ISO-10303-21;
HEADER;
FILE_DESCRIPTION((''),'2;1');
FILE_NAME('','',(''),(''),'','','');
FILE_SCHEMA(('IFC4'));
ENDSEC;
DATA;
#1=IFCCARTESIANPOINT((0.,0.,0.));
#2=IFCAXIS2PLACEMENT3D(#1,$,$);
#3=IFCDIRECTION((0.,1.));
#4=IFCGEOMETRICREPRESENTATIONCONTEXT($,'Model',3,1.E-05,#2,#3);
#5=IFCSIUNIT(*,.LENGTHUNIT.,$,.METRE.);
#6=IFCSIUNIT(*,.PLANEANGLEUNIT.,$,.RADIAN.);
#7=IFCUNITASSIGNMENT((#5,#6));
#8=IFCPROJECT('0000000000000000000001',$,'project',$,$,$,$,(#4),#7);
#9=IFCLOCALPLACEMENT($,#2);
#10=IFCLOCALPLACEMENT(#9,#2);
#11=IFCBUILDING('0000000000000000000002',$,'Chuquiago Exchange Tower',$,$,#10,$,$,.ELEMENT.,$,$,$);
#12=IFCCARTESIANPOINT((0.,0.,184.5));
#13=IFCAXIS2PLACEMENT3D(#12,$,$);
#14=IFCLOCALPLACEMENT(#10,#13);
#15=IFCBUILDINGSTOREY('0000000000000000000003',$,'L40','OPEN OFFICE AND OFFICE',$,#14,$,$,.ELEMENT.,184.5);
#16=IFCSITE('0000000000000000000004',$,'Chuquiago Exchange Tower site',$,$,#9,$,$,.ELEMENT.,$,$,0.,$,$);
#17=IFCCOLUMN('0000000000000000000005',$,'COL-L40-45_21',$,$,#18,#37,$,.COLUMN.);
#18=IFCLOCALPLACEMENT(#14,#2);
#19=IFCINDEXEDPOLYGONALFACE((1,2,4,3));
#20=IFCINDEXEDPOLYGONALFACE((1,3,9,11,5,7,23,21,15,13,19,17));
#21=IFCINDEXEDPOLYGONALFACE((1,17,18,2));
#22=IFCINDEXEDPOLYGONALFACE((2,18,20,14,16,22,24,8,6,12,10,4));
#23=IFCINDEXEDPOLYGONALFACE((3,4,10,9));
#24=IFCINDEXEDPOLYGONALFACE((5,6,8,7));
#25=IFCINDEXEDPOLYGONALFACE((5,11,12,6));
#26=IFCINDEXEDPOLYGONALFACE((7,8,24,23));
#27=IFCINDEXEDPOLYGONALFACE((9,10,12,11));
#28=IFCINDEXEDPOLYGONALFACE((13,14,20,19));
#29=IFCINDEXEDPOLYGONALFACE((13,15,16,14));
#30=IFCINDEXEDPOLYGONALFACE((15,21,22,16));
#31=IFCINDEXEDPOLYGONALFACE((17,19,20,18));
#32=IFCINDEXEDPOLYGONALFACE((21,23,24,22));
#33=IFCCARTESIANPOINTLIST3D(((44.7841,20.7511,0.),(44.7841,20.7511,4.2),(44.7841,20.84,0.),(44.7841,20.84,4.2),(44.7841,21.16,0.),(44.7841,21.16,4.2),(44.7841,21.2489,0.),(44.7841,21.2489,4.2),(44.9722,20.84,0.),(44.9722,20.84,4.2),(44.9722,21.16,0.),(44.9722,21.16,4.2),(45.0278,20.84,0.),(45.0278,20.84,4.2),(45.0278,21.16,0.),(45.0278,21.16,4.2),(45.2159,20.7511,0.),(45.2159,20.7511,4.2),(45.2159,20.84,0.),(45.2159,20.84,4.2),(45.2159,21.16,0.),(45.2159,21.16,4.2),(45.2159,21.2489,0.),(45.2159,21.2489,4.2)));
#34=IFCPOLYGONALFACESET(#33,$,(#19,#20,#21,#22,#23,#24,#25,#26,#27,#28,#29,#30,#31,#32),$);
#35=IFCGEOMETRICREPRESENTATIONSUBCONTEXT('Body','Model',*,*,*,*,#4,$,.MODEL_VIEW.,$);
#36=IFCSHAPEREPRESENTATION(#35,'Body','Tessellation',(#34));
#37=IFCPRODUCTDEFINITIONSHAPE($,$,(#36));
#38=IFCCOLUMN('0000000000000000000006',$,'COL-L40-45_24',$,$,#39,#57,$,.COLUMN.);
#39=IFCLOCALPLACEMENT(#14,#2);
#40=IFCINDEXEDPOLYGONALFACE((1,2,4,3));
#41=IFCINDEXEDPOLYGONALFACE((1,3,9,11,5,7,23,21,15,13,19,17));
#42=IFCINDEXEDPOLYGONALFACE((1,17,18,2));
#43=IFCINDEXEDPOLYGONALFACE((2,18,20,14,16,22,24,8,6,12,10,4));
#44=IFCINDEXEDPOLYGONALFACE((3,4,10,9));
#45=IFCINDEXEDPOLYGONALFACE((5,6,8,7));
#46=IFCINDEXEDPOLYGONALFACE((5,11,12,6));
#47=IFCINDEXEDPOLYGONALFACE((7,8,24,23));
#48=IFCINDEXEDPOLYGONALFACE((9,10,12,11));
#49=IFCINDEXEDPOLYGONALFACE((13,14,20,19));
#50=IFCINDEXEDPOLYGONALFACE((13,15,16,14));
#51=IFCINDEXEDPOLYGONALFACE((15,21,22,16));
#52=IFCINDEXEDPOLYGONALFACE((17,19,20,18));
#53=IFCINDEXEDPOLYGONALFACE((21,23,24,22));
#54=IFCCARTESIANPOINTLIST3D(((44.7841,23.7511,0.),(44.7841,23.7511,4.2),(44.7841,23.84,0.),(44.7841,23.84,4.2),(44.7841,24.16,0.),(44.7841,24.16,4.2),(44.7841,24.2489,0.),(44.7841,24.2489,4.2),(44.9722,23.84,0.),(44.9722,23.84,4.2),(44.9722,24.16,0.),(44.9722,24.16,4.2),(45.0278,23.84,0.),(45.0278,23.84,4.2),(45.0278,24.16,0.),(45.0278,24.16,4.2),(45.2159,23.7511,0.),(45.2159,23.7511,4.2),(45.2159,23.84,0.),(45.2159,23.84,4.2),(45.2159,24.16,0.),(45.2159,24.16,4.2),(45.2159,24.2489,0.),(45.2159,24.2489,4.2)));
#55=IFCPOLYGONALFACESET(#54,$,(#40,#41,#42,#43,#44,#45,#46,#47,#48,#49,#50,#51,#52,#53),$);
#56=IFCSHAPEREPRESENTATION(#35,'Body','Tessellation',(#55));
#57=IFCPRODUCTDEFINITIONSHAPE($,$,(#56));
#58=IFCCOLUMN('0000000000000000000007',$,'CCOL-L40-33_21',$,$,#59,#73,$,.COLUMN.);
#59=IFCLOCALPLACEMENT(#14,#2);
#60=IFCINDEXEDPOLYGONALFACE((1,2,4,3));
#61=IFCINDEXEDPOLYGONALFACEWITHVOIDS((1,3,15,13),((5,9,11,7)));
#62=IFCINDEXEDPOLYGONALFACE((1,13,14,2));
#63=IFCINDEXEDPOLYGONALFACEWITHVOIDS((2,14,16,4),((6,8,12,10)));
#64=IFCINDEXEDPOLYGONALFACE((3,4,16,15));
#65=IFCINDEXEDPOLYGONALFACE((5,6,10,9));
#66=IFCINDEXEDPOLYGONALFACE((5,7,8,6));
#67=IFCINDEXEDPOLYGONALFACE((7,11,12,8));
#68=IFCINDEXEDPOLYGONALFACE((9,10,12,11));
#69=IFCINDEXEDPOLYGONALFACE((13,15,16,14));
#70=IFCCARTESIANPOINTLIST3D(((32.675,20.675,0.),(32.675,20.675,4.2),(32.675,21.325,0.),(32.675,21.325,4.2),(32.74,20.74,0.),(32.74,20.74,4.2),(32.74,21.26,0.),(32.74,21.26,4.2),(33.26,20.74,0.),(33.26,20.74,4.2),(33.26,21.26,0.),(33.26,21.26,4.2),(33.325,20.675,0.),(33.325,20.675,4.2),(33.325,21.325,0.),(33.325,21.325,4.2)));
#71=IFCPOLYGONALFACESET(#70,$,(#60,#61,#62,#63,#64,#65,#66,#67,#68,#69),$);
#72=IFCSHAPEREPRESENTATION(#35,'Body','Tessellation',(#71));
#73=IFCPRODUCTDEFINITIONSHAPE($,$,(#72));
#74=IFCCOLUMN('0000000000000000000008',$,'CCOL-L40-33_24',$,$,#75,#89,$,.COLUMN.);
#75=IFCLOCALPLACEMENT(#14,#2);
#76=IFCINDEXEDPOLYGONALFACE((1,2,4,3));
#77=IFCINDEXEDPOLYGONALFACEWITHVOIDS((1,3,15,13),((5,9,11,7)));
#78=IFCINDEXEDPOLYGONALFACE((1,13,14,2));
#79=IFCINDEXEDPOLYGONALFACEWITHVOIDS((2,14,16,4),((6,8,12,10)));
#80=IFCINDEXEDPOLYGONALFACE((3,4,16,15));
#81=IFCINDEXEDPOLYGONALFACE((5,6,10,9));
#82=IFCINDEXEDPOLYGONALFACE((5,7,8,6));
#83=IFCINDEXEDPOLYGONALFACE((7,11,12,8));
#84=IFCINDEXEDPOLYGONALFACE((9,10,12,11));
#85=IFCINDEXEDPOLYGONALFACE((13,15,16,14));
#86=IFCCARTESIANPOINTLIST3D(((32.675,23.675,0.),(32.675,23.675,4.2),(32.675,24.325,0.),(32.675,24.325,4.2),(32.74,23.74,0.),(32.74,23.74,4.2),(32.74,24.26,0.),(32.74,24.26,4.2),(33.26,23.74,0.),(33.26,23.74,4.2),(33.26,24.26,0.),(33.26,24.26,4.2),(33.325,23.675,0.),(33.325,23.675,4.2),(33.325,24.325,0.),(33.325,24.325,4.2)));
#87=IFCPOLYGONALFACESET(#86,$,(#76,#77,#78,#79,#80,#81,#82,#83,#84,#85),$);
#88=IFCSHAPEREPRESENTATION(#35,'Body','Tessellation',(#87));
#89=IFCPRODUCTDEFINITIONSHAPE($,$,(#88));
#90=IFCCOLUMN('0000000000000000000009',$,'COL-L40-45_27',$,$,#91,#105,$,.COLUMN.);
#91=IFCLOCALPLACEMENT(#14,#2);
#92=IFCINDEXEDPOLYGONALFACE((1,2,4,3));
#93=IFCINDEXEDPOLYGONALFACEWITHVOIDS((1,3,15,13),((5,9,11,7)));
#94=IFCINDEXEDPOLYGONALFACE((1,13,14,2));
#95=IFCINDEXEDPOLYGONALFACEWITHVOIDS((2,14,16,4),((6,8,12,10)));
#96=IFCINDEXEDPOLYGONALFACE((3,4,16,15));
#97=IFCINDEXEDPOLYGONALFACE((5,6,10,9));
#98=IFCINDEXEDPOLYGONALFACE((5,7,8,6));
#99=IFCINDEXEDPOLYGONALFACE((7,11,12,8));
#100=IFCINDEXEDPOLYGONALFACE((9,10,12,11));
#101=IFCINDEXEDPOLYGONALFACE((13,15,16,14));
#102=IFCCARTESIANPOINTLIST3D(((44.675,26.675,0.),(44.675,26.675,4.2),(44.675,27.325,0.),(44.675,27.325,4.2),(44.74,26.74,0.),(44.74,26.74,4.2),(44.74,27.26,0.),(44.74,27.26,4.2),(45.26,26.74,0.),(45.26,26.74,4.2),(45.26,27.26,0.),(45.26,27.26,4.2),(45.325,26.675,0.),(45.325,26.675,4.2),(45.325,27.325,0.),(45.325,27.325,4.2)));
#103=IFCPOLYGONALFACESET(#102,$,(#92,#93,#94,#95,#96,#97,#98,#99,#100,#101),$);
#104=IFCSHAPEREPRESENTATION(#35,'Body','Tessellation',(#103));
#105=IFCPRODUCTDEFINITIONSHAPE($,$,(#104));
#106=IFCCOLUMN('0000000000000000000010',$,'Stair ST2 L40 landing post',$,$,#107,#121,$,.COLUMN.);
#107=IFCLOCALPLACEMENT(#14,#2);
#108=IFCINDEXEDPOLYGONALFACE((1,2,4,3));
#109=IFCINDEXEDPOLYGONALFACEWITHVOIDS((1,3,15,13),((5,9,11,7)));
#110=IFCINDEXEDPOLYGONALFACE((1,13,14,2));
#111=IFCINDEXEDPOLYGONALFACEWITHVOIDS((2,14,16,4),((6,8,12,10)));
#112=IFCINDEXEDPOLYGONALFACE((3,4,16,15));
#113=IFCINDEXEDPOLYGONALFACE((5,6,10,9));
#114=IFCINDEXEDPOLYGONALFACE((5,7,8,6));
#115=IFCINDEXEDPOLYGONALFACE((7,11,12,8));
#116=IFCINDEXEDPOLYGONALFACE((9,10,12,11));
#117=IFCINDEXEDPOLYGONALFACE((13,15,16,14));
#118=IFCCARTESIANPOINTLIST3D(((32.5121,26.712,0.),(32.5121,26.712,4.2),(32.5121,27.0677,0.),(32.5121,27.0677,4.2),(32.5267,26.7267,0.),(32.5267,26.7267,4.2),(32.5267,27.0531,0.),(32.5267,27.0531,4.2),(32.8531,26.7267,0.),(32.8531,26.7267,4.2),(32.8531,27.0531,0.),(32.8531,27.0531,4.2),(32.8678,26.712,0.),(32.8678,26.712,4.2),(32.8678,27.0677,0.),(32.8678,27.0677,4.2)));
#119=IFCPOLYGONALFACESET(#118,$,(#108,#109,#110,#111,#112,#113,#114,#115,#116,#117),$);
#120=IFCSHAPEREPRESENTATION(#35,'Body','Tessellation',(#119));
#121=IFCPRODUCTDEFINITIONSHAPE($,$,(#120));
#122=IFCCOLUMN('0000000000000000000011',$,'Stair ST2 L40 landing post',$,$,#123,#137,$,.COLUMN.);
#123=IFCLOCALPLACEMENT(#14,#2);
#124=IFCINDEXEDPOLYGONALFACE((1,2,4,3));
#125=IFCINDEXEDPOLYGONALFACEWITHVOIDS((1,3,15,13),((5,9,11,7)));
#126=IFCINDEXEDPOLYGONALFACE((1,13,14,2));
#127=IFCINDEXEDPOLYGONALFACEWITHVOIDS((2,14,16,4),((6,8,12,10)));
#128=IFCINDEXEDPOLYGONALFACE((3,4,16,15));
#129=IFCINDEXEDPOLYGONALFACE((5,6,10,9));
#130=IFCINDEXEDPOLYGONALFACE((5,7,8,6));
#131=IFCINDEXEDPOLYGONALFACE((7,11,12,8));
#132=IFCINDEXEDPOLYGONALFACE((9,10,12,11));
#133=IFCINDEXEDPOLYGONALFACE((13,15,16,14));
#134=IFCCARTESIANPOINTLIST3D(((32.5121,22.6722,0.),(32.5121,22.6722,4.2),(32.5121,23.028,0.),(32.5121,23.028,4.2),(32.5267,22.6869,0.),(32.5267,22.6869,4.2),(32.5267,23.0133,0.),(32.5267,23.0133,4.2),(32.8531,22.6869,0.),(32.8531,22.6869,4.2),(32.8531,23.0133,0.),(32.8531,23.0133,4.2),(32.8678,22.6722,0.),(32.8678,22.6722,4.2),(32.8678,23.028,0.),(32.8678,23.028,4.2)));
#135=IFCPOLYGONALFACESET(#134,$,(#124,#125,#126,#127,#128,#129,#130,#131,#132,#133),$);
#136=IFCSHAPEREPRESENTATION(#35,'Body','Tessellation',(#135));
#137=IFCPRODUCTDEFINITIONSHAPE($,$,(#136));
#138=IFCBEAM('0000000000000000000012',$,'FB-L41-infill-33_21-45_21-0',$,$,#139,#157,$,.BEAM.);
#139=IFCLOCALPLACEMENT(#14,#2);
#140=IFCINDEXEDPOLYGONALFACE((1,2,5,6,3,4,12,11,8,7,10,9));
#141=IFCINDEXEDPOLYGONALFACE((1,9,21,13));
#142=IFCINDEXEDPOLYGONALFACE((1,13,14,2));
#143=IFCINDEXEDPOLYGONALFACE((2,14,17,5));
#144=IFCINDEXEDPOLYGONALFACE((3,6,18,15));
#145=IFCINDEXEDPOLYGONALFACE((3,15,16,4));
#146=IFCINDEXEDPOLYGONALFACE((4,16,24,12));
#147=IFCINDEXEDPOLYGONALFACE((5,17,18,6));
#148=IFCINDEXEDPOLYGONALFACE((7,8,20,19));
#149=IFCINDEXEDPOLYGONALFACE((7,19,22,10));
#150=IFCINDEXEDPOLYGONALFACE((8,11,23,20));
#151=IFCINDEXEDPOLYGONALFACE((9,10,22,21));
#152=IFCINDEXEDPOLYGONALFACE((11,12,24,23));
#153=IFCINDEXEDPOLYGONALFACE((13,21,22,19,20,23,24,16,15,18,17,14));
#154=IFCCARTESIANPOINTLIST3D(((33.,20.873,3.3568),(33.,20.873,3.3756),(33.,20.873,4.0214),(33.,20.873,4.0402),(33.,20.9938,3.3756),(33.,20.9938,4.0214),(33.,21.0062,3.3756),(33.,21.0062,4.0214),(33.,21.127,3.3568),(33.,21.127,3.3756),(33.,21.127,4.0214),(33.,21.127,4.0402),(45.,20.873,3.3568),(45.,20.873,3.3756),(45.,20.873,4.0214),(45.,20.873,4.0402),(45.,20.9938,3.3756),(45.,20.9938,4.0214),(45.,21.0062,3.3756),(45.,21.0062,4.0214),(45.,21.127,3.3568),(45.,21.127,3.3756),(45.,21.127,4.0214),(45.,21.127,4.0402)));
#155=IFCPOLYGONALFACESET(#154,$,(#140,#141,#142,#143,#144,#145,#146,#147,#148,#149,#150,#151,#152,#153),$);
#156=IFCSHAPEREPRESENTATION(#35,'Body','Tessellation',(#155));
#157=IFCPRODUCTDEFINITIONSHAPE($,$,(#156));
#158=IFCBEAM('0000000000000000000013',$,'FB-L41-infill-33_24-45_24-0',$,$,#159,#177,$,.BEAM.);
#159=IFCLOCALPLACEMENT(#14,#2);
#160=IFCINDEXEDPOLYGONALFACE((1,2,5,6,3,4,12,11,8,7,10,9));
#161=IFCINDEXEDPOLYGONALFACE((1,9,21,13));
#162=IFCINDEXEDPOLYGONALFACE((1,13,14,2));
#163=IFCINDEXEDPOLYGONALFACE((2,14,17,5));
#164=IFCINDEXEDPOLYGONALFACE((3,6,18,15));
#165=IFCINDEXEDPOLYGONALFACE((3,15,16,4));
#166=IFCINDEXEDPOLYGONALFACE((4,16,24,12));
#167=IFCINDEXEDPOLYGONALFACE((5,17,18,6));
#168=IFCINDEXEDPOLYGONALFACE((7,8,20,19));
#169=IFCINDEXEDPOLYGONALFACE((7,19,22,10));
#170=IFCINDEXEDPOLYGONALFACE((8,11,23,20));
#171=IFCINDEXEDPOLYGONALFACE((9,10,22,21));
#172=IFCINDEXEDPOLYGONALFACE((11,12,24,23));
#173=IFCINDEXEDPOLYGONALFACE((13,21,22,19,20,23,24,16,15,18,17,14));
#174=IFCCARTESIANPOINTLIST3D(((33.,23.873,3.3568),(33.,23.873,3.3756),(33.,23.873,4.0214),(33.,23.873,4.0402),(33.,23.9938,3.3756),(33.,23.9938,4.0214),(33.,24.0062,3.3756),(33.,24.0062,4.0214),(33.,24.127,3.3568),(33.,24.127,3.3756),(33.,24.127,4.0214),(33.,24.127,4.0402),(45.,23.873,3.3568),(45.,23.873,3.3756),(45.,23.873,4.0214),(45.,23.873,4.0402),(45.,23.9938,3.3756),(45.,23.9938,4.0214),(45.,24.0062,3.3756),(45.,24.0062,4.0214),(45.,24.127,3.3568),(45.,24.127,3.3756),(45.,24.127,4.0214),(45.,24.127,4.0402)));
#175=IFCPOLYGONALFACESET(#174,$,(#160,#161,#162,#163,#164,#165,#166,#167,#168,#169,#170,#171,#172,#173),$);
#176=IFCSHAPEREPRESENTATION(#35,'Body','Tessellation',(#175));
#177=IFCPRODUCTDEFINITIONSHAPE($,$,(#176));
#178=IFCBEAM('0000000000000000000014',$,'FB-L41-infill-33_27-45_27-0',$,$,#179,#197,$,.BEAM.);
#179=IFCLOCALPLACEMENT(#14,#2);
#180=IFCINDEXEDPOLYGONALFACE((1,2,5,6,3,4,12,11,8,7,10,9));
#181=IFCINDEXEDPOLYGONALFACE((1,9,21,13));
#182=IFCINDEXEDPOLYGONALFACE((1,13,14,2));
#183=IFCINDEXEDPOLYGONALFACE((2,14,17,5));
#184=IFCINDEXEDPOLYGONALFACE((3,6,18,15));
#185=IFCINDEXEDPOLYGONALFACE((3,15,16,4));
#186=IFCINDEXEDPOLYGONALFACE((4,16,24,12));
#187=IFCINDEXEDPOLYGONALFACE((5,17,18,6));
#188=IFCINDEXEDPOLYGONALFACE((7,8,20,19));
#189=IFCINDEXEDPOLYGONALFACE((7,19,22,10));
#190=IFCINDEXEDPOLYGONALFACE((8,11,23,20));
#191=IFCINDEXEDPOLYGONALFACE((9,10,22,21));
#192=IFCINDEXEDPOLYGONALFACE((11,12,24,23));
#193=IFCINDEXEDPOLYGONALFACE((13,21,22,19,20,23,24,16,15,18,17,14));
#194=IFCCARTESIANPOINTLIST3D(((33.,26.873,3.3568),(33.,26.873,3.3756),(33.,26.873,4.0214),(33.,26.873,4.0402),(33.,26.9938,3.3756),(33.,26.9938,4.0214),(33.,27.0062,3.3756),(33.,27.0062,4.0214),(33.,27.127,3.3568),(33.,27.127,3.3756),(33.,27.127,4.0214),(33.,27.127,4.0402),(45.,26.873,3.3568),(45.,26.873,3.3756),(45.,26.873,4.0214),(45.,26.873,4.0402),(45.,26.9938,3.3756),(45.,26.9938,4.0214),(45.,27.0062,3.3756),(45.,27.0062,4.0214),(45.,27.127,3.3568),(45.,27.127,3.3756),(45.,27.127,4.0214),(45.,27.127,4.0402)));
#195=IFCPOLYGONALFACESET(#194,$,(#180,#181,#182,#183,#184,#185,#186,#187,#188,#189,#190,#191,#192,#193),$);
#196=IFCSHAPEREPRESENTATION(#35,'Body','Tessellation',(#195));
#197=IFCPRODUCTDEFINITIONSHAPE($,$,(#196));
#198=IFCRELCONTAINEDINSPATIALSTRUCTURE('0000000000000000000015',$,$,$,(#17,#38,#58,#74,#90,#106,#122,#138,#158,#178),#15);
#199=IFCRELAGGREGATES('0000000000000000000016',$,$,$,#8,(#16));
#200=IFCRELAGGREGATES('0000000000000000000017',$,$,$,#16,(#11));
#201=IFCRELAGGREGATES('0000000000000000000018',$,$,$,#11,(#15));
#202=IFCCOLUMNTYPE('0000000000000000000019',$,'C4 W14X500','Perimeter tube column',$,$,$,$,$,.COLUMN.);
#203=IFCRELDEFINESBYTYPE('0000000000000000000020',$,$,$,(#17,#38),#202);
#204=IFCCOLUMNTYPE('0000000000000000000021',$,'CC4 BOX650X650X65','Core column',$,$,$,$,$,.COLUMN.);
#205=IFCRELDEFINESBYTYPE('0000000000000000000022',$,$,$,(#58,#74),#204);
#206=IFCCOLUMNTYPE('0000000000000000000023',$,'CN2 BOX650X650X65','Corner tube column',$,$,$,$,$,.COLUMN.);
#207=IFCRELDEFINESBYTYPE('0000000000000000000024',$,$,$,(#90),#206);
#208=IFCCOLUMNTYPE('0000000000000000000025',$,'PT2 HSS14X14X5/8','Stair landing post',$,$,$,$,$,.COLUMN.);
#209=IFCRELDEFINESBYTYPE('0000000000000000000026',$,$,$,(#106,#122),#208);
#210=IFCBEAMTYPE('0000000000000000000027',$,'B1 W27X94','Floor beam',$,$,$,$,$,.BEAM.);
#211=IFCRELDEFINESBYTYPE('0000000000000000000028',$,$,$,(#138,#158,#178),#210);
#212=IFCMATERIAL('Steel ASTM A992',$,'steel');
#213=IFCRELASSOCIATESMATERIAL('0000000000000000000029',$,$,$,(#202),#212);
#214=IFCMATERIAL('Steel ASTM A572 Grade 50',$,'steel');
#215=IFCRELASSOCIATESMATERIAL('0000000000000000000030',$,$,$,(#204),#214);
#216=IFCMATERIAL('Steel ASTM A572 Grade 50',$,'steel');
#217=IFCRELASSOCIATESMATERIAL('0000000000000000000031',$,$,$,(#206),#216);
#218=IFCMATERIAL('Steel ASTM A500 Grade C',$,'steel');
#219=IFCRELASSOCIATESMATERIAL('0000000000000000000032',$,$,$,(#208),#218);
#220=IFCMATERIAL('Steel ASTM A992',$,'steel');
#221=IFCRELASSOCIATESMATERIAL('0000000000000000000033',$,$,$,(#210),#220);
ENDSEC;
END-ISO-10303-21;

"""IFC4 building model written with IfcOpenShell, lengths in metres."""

from ifc_helpers import new_model, si_unit, direction, frame, origin, origin_2d, place, context, subcontext, project, spatial, hollow_rectangle, i_section, extrude, material, material_profile, profile_set, type_object, element, save


model = new_model("IFC4")

# Units and contexts
model_context = context("Model", 3, precision=1e-05, world=origin(), true_north=direction((0.0, 1.0)))
body_context = subcontext(model_context, "Body", "Model", "MODEL_VIEW")
ifc_project = project(units=[si_unit("LENGTHUNIT", "METRE"), si_unit("PLANEANGLEUNIT", "RADIAN")], contexts=[model_context])

# Site, building, storey
site_placement = place(None, origin())
site = spatial("IfcSite", under=ifc_project, at=site_placement, Name="Chuquiago Exchange Tower site", CompositionType="ELEMENT", RefElevation=0.0)
building_placement = place(site_placement, origin())
building = spatial("IfcBuilding", under=site, at=building_placement, Name="Chuquiago Exchange Tower", CompositionType="ELEMENT")
storey_placement = place(building_placement, frame((0.0, 0.0, 184.5)))
storey = spatial("IfcBuildingStorey", under=building, at=storey_placement, Name="L40", Description="OPEN OFFICE AND OFFICE", CompositionType="ELEMENT", Elevation=184.5)

# Columns
ifc_material_1 = material(Name="Steel ASTM A992", Category="steel")
ifc_material_profile_1 = material_profile(ifc_material_1, i_section(OverallWidth=0.4319, OverallDepth=0.4978, WebThickness=0.0557, FlangeThickness=0.0889, at=origin_2d()), Name="W14X500")
ifc_profile_set_1 = profile_set([ifc_material_profile_1], Name="Steel ASTM A992")
column_type_1 = type_object("IfcColumnType", Name="C4 W14X500", Description="Perimeter tube column", PredefinedType="COLUMN", material=ifc_profile_set_1)
for number, where, z_axis, x_axis, name in (
    (1, (45.0, 21.0, 0.0), (0.0, 0.0, 1.0), (1.0, 0.0, 0.0), "COL-L40-45_21"),
    (2, (45.0, 24.0, 0.0), (0.0, 0.0, 1.0), (1.0, 0.0, 0.0), "COL-L40-45_24"),
):
    element("IfcColumn", number, at=place(storey_placement, frame(where, z_axis=z_axis, x_axis=x_axis)), inside=storey, type_object=column_type_1, Name=name, PredefinedType="COLUMN", context=body_context, shape_type="SweptSolid", body=[
        extrude(i_section(OverallWidth=0.4319, OverallDepth=0.4978, WebThickness=0.0557, FlangeThickness=0.0889, at=origin_2d()), origin(), (0.0, 0.0, 1.0), 4.2),
    ])
ifc_material_2 = material(Name="Steel ASTM A572 Grade 50", Category="steel")
ifc_material_profile_2 = material_profile(ifc_material_2, hollow_rectangle(XDim=0.6499, YDim=0.6499, WallThickness=0.0649, at=origin_2d()), Name="BOX650X650X65")
ifc_profile_set_2 = profile_set([ifc_material_profile_2], Name="Steel ASTM A572 Grade 50")
column_type_2 = type_object("IfcColumnType", Name="CC4 BOX650X650X65", Description="Core column", PredefinedType="COLUMN", material=ifc_profile_set_2)
for number, where, z_axis, x_axis, name in (
    (3, (33.0, 21.0, 0.0), (0.0, 0.0, 1.0), (1.0, 0.0, 0.0), "CCOL-L40-33_21"),
    (4, (33.0, 24.0, 0.0), (0.0, 0.0, 1.0), (1.0, 0.0, 0.0), "CCOL-L40-33_24"),
):
    element("IfcColumn", number, at=place(storey_placement, frame(where, z_axis=z_axis, x_axis=x_axis)), inside=storey, type_object=column_type_2, Name=name, PredefinedType="COLUMN", context=body_context, shape_type="SweptSolid", body=[
        extrude(hollow_rectangle(XDim=0.6499, YDim=0.6499, WallThickness=0.0649, at=origin_2d()), origin(), (0.0, 0.0, 1.0), 4.2),
    ])
ifc_material_3 = material(Name="Steel ASTM A572 Grade 50", Category="steel")
ifc_material_profile_3 = material_profile(ifc_material_3, hollow_rectangle(XDim=0.6499, YDim=0.6499, WallThickness=0.0649, at=origin_2d()), Name="BOX650X650X65")
ifc_profile_set_3 = profile_set([ifc_material_profile_3], Name="Steel ASTM A572 Grade 50")
column_type_3 = type_object("IfcColumnType", Name="CN2 BOX650X650X65", Description="Corner tube column", PredefinedType="COLUMN", material=ifc_profile_set_3)
column_placement = place(storey_placement, frame((45.0, 27.0, 0.0), z_axis=(0.0, 0.0, 1.0), x_axis=(1.0, 0.0, 0.0)))
element("IfcColumn", 5, at=column_placement, inside=storey, type_object=column_type_3, Name="COL-L40-45_27", PredefinedType="COLUMN", context=body_context, shape_type="SweptSolid", body=[
    extrude(hollow_rectangle(XDim=0.6499, YDim=0.6499, WallThickness=0.0649, at=origin_2d()), origin(), (0.0, 0.0, 1.0), 4.2),
])
ifc_material_4 = material(Name="Steel ASTM A500 Grade C", Category="steel")
ifc_material_profile_4 = material_profile(ifc_material_4, hollow_rectangle(XDim=0.3557, YDim=0.3557, WallThickness=0.0146, at=origin_2d()), Name="HSS14X14X5/8")
ifc_profile_set_4 = profile_set([ifc_material_profile_4], Name="Steel ASTM A500 Grade C")
column_type_4 = type_object("IfcColumnType", Name="PT2 HSS14X14X5/8", Description="Stair landing post", PredefinedType="COLUMN", material=ifc_profile_set_4)
for number, where, z_axis, x_axis, name in (
    (6, (32.6899, 26.8899, 0.0), (0.0, 0.0, 1.0), (1.0, 0.0, 0.0), "Stair ST2 L40 landing post"),
    (7, (32.6899, 22.8501, 0.0), (0.0, 0.0, 1.0), (1.0, 0.0, 0.0), "Stair ST2 L40 landing post"),
):
    element("IfcColumn", number, at=place(storey_placement, frame(where, z_axis=z_axis, x_axis=x_axis)), inside=storey, type_object=column_type_4, Name=name, PredefinedType="COLUMN", context=body_context, shape_type="SweptSolid", body=[
        extrude(hollow_rectangle(XDim=0.3557, YDim=0.3557, WallThickness=0.0146, at=origin_2d()), origin(), (0.0, 0.0, 1.0), 4.2),
    ])

# Beams
ifc_material_5 = material(Name="Steel ASTM A992", Category="steel")
ifc_material_profile_5 = material_profile(ifc_material_5, i_section(OverallWidth=0.2539, OverallDepth=0.6833, WebThickness=0.0125, FlangeThickness=0.0188, at=origin_2d()), Name="W27X94")
ifc_profile_set_5 = profile_set([ifc_material_profile_5], Name="Steel ASTM A992")
beam_type_1 = type_object("IfcBeamType", Name="B1 W27X94", Description="Floor beam", PredefinedType="BEAM", material=ifc_profile_set_5)
for number, where, z_axis, x_axis, name in (
    (8, (33.0, 21.0, 3.6985), (1.0, 0.0, 0.0), (0.0, 1.0, 0.0), "FB-L41-infill-33_21-45_21-0"),
    (9, (33.0, 24.0, 3.6985), (1.0, 0.0, 0.0), (0.0, 1.0, 0.0), "FB-L41-infill-33_24-45_24-0"),
    (10, (33.0, 27.0, 3.6985), (1.0, 0.0, 0.0), (0.0, 1.0, 0.0), "FB-L41-infill-33_27-45_27-0"),
):
    element("IfcBeam", number, at=place(storey_placement, frame(where, z_axis=z_axis, x_axis=x_axis)), inside=storey, type_object=beam_type_1, Name=name, PredefinedType="BEAM", context=body_context, shape_type="SweptSolid", body=[
        extrude(i_section(OverallWidth=0.2539, OverallDepth=0.6833, WebThickness=0.0125, FlangeThickness=0.0188, at=origin_2d()), origin(), (0.0, 0.0, 1.0), 12.0),
    ])

save(model, "model.ifc")
